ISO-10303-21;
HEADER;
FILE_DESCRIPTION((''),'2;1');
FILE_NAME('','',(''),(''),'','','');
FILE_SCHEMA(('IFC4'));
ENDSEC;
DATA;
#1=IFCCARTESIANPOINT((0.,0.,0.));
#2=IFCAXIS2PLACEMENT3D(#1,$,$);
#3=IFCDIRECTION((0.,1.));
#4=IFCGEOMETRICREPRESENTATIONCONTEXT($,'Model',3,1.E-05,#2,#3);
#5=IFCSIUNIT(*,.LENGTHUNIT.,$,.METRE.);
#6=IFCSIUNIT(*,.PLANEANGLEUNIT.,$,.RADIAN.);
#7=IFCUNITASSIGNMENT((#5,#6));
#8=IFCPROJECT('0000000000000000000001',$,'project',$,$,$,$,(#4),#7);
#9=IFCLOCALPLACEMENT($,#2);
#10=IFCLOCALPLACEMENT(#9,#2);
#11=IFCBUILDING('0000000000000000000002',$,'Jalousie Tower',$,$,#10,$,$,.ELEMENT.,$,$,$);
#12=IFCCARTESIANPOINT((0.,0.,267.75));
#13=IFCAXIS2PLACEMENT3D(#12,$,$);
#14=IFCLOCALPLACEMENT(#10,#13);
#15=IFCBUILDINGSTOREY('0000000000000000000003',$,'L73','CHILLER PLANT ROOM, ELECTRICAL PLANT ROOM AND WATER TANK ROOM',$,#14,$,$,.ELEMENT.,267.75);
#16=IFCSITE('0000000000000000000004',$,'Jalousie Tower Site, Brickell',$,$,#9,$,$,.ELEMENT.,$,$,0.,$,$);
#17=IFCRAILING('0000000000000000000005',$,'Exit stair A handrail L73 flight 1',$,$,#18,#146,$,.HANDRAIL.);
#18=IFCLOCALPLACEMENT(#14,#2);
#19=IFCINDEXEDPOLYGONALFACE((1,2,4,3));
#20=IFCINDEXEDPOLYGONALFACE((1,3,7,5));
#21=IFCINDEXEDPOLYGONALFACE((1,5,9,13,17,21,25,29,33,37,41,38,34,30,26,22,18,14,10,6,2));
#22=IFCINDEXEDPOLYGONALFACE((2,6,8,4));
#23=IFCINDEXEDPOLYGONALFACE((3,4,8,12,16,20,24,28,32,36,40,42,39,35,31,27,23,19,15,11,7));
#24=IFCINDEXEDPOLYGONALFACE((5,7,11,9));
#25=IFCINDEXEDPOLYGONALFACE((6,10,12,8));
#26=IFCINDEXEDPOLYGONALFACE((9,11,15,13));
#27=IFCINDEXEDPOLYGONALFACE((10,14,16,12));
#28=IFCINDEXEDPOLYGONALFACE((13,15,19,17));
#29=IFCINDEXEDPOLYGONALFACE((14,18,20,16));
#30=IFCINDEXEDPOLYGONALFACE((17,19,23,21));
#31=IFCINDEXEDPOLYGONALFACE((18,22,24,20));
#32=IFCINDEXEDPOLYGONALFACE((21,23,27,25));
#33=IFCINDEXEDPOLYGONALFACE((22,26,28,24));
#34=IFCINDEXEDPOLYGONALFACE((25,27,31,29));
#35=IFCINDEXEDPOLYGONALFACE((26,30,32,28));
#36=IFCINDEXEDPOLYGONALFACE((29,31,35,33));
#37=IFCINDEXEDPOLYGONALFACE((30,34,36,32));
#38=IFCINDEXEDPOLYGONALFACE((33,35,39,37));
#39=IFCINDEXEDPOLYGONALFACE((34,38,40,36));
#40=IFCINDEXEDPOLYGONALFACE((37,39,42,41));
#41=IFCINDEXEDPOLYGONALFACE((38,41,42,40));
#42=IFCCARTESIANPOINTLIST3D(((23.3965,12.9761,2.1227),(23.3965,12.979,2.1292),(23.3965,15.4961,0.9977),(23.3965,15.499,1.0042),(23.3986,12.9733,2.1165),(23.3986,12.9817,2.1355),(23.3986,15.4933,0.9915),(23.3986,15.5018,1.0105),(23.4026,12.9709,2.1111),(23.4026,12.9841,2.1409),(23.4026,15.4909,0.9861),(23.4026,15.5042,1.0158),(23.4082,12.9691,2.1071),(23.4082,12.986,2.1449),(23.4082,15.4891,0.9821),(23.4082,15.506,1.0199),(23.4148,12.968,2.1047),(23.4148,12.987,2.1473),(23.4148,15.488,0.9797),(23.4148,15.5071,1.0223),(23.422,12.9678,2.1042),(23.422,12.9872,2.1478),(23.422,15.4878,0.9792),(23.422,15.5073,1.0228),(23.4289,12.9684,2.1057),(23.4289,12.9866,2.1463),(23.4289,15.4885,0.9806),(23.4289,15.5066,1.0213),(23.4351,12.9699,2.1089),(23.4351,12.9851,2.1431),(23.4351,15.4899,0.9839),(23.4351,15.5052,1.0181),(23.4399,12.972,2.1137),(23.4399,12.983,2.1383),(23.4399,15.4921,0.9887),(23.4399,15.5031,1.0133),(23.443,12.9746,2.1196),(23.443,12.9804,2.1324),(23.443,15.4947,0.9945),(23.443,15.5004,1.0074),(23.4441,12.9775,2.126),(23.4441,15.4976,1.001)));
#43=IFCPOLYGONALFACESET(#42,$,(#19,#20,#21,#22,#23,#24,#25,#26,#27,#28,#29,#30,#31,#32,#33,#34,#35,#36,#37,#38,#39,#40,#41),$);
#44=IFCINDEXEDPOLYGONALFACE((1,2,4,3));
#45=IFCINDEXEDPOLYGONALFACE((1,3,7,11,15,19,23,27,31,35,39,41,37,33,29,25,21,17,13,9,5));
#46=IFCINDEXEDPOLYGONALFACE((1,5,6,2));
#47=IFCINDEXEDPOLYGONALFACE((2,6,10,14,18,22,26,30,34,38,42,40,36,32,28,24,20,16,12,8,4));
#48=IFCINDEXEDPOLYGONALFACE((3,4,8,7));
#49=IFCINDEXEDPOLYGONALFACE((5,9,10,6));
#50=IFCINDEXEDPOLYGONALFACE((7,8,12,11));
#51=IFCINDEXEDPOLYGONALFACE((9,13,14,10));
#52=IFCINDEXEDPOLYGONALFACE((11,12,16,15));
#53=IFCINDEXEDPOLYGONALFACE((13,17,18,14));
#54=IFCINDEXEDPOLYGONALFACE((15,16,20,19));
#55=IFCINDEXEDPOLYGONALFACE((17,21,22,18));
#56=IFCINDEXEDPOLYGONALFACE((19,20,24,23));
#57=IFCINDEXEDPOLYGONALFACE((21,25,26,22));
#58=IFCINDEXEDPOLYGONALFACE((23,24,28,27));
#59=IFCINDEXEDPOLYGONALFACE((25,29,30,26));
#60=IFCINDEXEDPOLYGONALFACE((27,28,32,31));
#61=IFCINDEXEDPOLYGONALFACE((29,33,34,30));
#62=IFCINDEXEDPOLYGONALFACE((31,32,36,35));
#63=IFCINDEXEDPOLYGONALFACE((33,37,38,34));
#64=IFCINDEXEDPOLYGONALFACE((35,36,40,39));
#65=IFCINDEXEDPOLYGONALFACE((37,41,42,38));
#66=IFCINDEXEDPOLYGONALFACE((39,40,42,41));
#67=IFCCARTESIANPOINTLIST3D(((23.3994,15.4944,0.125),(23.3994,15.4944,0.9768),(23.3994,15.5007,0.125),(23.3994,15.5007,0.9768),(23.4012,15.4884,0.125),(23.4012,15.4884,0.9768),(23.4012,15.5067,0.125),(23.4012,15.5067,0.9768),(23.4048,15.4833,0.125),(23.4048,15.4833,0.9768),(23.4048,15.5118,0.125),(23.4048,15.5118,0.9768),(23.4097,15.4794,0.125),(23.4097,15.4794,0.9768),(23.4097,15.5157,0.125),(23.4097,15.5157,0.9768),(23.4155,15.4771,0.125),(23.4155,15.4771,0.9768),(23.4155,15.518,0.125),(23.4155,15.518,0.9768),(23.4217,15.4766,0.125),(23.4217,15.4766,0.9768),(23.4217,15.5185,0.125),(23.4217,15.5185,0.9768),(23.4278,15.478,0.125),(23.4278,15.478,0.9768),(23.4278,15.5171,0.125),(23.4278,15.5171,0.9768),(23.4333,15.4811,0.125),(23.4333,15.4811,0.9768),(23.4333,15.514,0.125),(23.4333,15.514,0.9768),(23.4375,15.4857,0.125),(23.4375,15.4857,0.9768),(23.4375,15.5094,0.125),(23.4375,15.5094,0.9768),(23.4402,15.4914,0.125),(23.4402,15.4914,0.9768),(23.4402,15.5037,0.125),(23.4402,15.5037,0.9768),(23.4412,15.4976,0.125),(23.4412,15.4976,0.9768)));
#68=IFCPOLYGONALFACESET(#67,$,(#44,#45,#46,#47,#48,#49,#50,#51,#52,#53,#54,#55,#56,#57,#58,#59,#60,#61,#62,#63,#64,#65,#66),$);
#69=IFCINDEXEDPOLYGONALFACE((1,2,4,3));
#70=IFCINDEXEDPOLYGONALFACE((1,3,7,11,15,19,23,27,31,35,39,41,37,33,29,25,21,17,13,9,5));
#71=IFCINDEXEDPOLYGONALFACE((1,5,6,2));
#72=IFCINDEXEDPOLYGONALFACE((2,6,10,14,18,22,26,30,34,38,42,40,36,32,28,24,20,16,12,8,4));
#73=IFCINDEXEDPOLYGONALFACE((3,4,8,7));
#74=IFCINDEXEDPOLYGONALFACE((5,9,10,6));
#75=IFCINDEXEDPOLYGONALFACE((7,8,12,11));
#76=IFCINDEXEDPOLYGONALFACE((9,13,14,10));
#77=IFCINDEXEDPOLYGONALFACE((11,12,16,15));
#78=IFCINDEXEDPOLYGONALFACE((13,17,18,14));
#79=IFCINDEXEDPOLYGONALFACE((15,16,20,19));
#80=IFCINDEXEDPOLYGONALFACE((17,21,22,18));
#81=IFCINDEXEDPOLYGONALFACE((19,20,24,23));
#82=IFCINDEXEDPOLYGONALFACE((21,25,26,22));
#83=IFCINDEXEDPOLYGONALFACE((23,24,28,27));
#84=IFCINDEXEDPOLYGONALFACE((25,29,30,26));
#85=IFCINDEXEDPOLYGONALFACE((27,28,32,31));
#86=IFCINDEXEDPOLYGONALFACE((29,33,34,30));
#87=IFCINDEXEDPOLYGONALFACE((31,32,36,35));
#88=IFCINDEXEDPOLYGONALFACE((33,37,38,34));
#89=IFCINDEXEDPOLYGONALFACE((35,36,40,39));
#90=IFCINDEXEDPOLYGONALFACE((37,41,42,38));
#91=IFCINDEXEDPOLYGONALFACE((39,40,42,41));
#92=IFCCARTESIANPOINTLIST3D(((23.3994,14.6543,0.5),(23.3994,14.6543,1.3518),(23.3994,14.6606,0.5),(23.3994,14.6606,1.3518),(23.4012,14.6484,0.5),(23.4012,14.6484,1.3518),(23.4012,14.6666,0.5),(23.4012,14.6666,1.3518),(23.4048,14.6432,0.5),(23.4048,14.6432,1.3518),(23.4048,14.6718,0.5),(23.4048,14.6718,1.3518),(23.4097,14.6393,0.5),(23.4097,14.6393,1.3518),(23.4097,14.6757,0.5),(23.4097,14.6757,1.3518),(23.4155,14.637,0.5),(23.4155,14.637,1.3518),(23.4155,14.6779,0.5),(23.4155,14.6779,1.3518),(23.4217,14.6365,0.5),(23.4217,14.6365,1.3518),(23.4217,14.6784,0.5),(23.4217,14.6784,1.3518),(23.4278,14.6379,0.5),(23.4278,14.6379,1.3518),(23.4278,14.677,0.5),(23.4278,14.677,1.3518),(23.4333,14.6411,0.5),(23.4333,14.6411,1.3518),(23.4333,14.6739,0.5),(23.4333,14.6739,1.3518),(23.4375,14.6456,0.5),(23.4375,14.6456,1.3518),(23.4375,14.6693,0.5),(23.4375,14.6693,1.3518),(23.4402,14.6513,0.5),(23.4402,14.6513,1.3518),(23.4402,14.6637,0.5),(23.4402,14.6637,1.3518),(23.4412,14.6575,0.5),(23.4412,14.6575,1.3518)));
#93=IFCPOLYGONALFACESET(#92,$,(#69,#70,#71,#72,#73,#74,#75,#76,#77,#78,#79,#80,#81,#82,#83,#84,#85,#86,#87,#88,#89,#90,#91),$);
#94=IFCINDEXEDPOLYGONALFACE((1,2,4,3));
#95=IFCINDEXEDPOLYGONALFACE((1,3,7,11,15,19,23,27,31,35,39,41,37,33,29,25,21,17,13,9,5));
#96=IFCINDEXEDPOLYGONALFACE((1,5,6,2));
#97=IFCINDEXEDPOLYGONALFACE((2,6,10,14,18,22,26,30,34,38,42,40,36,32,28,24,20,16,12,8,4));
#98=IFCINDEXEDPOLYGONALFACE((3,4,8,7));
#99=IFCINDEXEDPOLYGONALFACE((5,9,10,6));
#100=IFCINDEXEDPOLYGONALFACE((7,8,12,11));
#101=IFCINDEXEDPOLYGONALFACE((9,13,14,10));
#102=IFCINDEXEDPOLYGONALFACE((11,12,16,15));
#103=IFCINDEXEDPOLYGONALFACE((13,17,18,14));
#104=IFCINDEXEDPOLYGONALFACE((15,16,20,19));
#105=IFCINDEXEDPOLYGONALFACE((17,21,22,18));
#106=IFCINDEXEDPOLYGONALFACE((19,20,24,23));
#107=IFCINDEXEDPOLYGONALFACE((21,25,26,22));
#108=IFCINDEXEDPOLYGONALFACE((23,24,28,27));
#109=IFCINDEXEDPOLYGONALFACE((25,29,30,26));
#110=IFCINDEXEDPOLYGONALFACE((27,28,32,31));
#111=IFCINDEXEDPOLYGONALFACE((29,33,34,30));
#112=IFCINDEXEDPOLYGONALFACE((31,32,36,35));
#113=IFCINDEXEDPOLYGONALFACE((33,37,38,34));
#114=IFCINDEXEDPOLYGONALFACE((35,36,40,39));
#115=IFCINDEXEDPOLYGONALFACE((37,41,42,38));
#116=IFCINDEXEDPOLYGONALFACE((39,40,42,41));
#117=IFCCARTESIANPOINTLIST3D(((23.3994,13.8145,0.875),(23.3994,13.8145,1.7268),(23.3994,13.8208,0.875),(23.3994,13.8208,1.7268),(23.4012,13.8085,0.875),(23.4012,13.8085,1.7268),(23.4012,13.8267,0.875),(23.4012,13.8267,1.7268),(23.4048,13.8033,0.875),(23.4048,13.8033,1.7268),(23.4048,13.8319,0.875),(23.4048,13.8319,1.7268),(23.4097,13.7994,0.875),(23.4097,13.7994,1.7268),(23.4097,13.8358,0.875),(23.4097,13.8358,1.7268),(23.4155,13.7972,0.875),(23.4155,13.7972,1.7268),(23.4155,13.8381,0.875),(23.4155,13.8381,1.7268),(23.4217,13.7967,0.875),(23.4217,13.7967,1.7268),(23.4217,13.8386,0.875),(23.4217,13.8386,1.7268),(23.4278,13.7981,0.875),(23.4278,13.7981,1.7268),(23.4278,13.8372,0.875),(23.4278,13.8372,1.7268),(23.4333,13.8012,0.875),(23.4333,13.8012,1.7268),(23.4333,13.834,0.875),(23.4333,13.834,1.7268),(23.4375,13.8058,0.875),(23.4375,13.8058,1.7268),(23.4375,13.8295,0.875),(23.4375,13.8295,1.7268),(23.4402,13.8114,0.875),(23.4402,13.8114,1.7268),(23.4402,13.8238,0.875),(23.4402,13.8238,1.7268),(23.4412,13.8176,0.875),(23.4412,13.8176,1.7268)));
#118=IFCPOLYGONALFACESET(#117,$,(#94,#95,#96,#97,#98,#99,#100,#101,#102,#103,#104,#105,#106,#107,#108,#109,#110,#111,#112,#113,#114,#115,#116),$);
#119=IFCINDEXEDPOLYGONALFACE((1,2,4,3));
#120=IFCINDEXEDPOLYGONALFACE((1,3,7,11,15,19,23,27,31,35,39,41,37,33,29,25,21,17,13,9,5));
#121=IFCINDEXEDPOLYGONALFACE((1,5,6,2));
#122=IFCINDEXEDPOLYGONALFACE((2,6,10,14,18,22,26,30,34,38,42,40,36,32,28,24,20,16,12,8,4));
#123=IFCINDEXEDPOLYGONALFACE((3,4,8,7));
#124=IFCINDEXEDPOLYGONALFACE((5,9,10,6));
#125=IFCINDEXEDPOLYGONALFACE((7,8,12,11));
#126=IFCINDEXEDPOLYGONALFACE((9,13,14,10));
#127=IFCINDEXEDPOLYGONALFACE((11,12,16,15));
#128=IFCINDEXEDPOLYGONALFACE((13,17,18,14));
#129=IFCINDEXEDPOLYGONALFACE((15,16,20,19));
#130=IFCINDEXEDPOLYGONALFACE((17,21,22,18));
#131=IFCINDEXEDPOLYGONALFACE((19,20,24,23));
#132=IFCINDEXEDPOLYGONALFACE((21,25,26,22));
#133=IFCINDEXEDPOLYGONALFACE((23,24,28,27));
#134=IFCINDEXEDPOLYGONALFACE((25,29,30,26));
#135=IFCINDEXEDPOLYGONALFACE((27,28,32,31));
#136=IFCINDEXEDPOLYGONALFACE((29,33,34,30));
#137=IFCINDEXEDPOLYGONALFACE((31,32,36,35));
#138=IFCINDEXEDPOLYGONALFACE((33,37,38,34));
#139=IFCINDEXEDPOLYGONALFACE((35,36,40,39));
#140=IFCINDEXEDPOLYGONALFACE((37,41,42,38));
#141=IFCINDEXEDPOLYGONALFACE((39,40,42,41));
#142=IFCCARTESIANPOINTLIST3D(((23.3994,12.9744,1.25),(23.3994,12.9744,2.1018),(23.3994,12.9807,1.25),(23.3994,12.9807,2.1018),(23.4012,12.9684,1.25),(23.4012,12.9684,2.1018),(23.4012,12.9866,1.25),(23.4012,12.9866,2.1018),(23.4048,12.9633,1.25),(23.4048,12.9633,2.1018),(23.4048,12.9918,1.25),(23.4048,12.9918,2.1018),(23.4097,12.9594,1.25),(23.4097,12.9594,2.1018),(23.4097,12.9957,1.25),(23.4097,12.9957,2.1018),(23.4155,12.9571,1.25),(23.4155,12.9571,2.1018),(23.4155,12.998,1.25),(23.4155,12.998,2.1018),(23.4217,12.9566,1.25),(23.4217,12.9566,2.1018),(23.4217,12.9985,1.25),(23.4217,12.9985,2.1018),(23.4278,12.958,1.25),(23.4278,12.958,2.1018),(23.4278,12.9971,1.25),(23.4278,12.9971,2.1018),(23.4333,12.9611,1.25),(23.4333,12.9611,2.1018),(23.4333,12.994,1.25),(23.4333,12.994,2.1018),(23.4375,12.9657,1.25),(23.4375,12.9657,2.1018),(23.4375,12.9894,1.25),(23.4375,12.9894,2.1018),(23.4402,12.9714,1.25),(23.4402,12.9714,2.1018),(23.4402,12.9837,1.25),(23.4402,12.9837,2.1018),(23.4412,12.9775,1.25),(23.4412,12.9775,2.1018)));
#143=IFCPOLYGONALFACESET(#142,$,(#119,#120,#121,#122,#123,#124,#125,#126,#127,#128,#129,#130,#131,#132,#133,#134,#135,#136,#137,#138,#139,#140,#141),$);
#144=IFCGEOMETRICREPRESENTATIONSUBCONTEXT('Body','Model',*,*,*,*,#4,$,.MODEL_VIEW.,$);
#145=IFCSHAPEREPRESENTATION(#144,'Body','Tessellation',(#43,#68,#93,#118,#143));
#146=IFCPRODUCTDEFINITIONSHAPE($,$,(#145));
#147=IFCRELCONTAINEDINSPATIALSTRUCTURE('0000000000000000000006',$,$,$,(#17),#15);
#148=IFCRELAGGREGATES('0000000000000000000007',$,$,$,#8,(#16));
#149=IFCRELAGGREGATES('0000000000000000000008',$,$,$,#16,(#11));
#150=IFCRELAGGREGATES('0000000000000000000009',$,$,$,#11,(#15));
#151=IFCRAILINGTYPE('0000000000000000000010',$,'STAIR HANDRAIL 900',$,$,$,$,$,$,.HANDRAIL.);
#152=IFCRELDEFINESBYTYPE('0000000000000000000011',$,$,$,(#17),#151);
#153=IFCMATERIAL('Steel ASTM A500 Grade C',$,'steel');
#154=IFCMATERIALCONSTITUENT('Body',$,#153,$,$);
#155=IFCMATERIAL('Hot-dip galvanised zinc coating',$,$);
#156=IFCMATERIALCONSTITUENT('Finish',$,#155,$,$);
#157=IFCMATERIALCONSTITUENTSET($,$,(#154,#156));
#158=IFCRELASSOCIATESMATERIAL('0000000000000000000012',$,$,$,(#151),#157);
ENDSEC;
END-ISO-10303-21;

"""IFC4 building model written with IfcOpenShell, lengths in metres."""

from ifc_helpers import new_model, si_unit, direction, frame, origin, origin_2d, place, context, subcontext, project, spatial, circle, extrude, material, constituent, constituent_set, type_object, element, save


model = new_model("IFC4")

# Units and contexts
model_context = context("Model", 3, precision=1e-05, world=origin(), true_north=direction((0.0, 1.0)))
body_context = subcontext(model_context, "Body", "Model", "MODEL_VIEW")
ifc_project = project(units=[si_unit("LENGTHUNIT", "METRE"), si_unit("PLANEANGLEUNIT", "RADIAN")], contexts=[model_context])

# Site, building, storey
site_placement = place(None, origin())
site = spatial("IfcSite", under=ifc_project, at=site_placement, Name="Jalousie Tower Site, Brickell", CompositionType="ELEMENT", RefElevation=0.0)
building_placement = place(site_placement, origin())
building = spatial("IfcBuilding", under=site, at=building_placement, Name="Jalousie Tower", CompositionType="ELEMENT")
storey_placement = place(building_placement, frame((0.0, 0.0, 267.75)))
storey = spatial("IfcBuildingStorey", under=building, at=storey_placement, Name="L73", Description="CHILLER PLANT ROOM, ELECTRICAL PLANT ROOM AND WATER TANK ROOM", CompositionType="ELEMENT", Elevation=267.75)

# Railing
ifc_material_1 = material(Name="Steel ASTM A500 Grade C", Category="steel")
ifc_constituent_1 = constituent(ifc_material_1, Name="Body")
ifc_material_2 = material(Name="Hot-dip galvanised zinc coating")
ifc_constituent_2 = constituent(ifc_material_2, Name="Finish")
ifc_constituent_set_1 = constituent_set(constituents=[ifc_constituent_1, ifc_constituent_2])
railing_type_1 = type_object("IfcRailingType", Name="STAIR HANDRAIL 900", PredefinedType="HANDRAIL", material=ifc_constituent_set_1)
railing_1_placement = place(storey_placement, frame((23.4202, 15.4976, 0.125)))
element("IfcRailing", 1, at=railing_1_placement, inside=storey, type_object=railing_type_1, Name="Exit stair A handrail L73 flight 1", PredefinedType="HANDRAIL", context=body_context, shape_type="SweptSolid", body=[
    extrude(circle(Radius=0.0239, at=origin_2d()), frame((0.0, 0.0, 0.876), z_axis=(0.0, -0.913139, 0.407648), x_axis=(1.0, 0.0, 0.0)), (0.0, 0.0, 1.0), 2.7598),
    extrude(circle(Radius=0.021, at=origin_2d()), origin(), (0.0, 0.0, 1.0), 0.8518),
    extrude(circle(Radius=0.021, at=origin_2d()), frame((0.0, -0.8401, 0.375)), (0.0, 0.0, 1.0), 0.8518),
    extrude(circle(Radius=0.021, at=origin_2d()), frame((0.0, -1.6799, 0.75)), (0.0, 0.0, 1.0), 0.8518),
    extrude(circle(Radius=0.021, at=origin_2d()), frame((0.0, -2.52, 1.125)), (0.0, 0.0, 1.0), 0.8518),
])

save(model, "model.ifc")
